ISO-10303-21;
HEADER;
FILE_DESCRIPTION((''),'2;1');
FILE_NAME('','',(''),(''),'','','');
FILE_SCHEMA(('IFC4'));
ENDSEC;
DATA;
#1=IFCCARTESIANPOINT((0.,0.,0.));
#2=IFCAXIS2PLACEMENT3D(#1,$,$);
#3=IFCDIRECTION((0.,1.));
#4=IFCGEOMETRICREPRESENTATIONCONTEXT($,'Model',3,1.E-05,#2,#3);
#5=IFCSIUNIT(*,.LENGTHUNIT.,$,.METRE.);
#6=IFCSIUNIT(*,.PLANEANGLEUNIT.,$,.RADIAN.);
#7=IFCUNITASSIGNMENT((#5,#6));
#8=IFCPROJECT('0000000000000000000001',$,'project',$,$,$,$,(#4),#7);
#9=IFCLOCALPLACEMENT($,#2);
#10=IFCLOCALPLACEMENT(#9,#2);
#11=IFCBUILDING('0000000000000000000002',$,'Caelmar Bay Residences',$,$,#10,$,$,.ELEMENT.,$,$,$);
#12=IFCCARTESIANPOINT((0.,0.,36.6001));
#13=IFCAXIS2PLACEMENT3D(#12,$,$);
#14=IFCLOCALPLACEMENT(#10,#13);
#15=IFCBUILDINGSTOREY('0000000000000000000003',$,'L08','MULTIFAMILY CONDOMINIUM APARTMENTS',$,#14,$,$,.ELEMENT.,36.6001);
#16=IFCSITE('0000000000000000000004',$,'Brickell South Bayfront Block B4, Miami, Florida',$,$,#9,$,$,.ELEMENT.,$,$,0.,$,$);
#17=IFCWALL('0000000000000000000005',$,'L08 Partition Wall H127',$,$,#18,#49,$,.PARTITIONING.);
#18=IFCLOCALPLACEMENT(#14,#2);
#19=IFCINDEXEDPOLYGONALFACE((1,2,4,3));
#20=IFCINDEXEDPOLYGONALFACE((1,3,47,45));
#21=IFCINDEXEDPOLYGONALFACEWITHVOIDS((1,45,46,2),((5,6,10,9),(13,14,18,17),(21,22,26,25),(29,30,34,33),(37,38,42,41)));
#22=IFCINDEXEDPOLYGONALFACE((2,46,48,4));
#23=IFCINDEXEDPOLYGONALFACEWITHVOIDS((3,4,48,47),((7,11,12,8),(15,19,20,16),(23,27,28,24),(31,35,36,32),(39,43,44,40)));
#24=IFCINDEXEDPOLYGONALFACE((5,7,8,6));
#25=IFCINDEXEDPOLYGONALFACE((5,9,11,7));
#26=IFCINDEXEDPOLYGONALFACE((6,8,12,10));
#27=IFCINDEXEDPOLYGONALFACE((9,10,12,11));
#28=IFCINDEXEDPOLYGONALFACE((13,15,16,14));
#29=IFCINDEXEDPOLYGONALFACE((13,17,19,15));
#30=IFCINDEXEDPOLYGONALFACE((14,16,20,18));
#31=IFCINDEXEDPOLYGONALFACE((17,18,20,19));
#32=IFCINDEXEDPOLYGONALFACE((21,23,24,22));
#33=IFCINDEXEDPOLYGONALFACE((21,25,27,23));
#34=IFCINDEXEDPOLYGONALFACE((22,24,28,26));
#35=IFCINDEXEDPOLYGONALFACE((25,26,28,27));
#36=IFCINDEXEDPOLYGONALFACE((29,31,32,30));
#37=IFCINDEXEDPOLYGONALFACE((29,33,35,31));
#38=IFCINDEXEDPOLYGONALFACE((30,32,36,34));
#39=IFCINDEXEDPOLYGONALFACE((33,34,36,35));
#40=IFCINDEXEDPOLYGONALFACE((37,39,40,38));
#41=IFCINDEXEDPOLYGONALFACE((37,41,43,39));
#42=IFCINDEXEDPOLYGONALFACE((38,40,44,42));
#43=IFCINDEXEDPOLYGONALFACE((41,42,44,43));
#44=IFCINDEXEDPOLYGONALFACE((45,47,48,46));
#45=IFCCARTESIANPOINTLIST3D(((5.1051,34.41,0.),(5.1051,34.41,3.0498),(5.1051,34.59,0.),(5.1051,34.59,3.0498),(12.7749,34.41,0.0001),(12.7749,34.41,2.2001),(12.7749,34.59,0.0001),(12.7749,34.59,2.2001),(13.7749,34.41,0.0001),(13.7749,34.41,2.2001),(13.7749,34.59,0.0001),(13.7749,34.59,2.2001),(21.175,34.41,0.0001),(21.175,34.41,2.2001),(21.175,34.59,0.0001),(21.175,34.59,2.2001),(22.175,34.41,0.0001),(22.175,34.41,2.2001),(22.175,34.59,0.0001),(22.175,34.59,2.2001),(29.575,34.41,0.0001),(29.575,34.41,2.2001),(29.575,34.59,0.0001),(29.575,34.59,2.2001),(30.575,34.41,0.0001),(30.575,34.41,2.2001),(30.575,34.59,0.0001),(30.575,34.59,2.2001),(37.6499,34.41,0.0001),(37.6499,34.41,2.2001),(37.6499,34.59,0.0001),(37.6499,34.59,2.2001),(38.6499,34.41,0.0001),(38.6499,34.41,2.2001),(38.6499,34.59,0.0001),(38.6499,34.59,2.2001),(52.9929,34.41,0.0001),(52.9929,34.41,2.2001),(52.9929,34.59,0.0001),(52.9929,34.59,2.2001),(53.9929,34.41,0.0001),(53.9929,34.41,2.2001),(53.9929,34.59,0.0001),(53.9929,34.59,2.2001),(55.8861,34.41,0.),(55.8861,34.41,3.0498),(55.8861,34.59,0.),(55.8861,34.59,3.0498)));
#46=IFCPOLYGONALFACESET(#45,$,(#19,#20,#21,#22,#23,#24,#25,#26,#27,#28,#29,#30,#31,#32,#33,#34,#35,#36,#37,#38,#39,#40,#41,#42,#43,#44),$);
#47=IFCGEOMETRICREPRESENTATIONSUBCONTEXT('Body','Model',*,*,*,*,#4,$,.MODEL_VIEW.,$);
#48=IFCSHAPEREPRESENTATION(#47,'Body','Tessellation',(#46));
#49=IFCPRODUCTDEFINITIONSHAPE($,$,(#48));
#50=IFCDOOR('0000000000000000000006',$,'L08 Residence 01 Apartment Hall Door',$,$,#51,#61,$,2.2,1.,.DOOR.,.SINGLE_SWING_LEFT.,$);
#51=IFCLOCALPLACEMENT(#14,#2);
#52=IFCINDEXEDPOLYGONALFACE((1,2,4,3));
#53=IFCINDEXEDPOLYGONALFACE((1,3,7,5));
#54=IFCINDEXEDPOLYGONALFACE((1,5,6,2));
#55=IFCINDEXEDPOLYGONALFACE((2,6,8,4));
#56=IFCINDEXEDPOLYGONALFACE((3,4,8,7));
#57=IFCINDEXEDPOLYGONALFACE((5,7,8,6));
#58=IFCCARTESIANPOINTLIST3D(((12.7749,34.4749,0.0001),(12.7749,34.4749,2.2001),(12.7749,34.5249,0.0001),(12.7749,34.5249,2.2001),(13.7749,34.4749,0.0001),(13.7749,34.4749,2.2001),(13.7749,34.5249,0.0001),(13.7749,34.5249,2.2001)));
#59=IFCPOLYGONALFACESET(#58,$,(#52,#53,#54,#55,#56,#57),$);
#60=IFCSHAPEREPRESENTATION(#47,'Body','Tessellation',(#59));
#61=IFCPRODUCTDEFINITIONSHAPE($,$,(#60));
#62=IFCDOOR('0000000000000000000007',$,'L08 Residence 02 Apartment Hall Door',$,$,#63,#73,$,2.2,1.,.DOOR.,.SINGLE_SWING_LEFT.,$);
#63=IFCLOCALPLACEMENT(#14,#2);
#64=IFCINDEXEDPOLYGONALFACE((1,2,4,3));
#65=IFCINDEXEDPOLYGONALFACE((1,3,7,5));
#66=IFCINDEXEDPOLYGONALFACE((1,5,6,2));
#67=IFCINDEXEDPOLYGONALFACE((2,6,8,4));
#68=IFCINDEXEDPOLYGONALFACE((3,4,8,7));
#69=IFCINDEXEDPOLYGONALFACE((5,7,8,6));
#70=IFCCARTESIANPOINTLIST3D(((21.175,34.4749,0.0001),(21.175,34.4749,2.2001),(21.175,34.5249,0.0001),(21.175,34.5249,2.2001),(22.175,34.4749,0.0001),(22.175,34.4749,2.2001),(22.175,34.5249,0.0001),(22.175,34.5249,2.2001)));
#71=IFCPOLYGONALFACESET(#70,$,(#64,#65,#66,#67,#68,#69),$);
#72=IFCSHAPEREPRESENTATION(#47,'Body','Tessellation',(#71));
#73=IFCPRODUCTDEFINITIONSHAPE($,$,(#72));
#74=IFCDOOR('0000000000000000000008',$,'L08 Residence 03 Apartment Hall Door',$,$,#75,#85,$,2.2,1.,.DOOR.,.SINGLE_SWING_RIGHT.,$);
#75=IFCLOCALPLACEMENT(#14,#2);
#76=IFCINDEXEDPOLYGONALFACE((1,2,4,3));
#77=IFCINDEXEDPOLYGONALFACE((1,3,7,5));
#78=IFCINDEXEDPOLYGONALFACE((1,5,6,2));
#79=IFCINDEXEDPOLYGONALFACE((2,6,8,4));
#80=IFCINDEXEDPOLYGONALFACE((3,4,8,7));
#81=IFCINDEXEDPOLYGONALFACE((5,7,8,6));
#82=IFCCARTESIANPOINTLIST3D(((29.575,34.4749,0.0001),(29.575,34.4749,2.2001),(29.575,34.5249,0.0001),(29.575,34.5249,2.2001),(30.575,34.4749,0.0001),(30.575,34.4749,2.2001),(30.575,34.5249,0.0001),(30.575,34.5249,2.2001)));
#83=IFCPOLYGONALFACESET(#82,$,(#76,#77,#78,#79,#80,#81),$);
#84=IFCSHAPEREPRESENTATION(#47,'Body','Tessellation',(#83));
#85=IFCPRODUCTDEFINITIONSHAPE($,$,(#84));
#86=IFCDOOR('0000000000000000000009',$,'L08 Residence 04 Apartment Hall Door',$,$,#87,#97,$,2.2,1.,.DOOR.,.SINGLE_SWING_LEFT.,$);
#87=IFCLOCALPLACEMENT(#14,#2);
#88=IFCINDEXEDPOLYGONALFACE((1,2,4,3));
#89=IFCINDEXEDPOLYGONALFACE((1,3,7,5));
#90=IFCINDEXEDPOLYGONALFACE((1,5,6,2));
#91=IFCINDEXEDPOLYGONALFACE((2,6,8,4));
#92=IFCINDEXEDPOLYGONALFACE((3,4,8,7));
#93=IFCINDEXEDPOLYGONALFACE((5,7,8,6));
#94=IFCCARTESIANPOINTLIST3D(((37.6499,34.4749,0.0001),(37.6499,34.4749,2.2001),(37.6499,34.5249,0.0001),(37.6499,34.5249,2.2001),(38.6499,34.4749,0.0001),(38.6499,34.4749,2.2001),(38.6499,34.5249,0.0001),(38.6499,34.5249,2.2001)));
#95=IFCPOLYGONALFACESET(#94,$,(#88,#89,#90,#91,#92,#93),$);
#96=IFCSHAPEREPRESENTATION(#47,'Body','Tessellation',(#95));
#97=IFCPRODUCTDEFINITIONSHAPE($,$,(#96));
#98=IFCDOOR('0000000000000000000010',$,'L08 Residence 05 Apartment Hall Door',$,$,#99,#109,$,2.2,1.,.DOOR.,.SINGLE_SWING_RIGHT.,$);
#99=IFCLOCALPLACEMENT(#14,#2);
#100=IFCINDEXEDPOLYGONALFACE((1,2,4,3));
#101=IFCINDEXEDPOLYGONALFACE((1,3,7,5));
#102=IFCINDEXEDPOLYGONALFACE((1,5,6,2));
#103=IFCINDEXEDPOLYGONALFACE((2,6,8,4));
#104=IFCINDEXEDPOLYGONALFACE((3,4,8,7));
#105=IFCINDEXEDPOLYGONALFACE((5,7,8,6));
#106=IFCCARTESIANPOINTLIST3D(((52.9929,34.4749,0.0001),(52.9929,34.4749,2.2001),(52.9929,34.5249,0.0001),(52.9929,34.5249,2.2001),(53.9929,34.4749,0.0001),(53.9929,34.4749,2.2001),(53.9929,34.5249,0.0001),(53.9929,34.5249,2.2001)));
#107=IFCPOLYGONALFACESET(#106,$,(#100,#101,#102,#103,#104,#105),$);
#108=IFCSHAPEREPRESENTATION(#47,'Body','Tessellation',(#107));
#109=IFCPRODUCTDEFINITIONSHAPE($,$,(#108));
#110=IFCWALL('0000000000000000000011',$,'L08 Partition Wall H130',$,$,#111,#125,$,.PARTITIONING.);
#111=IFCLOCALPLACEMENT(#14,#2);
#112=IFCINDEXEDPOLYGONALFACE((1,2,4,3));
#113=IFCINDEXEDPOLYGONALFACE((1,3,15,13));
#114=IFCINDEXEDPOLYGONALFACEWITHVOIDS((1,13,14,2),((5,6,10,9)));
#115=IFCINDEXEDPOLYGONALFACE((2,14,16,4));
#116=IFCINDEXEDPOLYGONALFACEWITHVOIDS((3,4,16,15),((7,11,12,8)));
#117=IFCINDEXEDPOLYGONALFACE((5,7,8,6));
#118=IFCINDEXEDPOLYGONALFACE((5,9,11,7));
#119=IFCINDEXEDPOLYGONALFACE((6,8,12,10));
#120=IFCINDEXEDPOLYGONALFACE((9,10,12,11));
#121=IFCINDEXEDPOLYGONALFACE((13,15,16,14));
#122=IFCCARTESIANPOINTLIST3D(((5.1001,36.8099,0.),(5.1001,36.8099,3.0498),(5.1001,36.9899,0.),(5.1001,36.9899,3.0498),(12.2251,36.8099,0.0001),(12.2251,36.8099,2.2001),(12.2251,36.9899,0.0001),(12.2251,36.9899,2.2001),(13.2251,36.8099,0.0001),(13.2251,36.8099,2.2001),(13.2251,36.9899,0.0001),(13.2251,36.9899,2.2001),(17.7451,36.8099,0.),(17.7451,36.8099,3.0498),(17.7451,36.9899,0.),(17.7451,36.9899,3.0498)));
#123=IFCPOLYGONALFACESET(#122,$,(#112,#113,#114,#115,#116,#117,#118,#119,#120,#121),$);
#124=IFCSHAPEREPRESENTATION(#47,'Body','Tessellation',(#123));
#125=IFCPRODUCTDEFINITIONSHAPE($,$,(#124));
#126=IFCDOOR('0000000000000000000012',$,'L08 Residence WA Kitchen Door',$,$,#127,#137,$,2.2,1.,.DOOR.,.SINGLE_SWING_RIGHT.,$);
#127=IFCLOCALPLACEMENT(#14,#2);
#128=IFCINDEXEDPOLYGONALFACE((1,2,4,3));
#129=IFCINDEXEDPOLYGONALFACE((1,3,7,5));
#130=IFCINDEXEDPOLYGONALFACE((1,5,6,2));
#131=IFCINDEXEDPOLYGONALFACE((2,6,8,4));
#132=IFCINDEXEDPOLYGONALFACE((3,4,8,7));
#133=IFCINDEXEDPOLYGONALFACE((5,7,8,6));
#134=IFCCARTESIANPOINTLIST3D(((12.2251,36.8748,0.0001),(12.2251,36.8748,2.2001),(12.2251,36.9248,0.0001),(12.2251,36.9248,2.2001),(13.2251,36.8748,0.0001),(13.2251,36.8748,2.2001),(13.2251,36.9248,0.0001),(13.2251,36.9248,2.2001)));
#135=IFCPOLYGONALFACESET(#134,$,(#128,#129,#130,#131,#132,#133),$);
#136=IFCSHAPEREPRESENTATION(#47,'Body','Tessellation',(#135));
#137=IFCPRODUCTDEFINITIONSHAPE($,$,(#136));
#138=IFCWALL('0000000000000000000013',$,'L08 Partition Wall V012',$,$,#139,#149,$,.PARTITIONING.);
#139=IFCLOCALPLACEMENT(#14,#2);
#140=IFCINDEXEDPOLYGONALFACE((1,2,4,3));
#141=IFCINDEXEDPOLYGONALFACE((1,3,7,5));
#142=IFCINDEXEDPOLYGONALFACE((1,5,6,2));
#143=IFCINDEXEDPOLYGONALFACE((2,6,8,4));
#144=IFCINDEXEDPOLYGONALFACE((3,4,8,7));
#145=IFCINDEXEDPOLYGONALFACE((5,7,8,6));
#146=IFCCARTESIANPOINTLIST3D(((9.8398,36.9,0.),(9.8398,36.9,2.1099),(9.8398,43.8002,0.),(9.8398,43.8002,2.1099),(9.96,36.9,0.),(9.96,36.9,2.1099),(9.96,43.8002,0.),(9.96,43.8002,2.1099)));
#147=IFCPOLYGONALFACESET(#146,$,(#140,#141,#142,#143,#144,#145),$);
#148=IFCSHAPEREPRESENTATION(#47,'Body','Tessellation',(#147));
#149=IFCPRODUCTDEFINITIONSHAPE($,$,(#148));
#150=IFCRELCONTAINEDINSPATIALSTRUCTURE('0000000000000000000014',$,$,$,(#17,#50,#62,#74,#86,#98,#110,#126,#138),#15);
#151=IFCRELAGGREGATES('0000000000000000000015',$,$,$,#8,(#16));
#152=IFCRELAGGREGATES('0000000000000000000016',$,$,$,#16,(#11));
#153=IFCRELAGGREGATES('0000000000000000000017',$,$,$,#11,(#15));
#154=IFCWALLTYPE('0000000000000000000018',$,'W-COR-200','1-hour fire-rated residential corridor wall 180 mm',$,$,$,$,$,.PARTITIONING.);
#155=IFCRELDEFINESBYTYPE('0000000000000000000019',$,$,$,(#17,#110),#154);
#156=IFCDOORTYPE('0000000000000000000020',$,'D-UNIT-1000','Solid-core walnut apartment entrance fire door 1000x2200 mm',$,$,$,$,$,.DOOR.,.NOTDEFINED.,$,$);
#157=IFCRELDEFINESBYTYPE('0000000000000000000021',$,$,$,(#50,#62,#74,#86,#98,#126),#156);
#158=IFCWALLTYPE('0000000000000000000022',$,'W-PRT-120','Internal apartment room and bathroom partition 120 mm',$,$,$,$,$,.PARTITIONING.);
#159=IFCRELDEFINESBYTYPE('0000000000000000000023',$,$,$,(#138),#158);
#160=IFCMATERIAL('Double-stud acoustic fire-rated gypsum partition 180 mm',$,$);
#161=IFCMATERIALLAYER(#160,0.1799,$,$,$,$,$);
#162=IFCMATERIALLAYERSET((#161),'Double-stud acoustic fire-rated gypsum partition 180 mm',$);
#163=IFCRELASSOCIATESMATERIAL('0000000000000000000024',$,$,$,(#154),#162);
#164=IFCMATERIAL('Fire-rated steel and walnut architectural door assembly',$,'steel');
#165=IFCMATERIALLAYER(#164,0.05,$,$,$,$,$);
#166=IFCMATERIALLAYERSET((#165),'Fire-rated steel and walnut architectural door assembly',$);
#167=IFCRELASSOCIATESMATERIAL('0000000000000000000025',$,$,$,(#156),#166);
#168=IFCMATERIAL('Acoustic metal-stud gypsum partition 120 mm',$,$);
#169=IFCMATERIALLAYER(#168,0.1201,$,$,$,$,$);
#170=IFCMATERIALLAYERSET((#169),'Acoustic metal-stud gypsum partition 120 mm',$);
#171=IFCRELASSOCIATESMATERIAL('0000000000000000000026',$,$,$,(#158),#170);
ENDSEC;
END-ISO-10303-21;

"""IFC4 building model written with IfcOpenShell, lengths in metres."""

from ifc_helpers import new_model, si_unit, direction, frame, frame_2d, origin, place, context, subcontext, project, spatial, rectangle, extrude, material, layer, layer_set, type_object, element, fill, save


model = new_model("IFC4")

# Units and contexts
model_context = context("Model", 3, precision=1e-05, world=origin(), true_north=direction((0.0, 1.0)))
body_context = subcontext(model_context, "Body", "Model", "MODEL_VIEW")
ifc_project = project(units=[si_unit("LENGTHUNIT", "METRE"), si_unit("PLANEANGLEUNIT", "RADIAN")], contexts=[model_context])

# Site, building, storey
site_placement = place(None, origin())
site = spatial("IfcSite", under=ifc_project, at=site_placement, Name="Brickell South Bayfront Block B4, Miami, Florida", CompositionType="ELEMENT", RefElevation=0.0)
building_placement = place(site_placement, origin())
building = spatial("IfcBuilding", under=site, at=building_placement, Name="Caelmar Bay Residences", CompositionType="ELEMENT")
storey_placement = place(building_placement, frame((0.0, 0.0, 36.6001)))
storey = spatial("IfcBuildingStorey", under=building, at=storey_placement, Name="L08", Description="MULTIFAMILY CONDOMINIUM APARTMENTS", CompositionType="ELEMENT", Elevation=36.6001)

# Shared definitions
ifc_material_1 = material(Name="Fire-rated steel and walnut architectural door assembly", Category="steel")

# Shared definitions
ifc_material_2 = material(Name="Double-stud acoustic fire-rated gypsum partition 180 mm")
ifc_layer_1 = layer(ifc_material_2, 0.1799)
ifc_layer_set_1 = layer_set([ifc_layer_1], Name="Double-stud acoustic fire-rated gypsum partition 180 mm")
wall_type_1 = type_object("IfcWallType", Name="W-COR-200", Description="1-hour fire-rated residential corridor wall 180 mm", PredefinedType="PARTITIONING", material=ifc_layer_set_1)

# Wall, openings, doors
wall_1_placement = place(storey_placement, frame((5.105, 34.5, 0.0), z_axis=(0.0, 0.0, 1.0), x_axis=(1.0, 0.0, 0.0)))
wall_1 = element("IfcWall", 1, at=wall_1_placement, inside=storey, type_object=wall_type_1, Name="L08 Partition Wall H127", PredefinedType="PARTITIONING", context=body_context, shape_type="SweptSolid", body=[
    extrude(rectangle(XDim=50.781, YDim=0.1799, at=frame_2d((25.3906, 0.0))), origin(), (0.0, 0.0, 1.0), 3.0498),
])
opening_1_placement = place(wall_1_placement, frame((7.6699, 0.0, 0.0)))
opening_1 = element("IfcOpeningElement", 2, at=opening_1_placement, cuts=wall_1, PredefinedType="OPENING", context=body_context, shape_type="SweptSolid", body=[
    extrude(rectangle(XDim=1.0, YDim=2.2, at=frame_2d((0.5, 1.1001))), frame((0.0, 0.0999, 0.0), z_axis=(0.0, -1.0, 0.0), x_axis=(1.0, 0.0, 0.0)), (0.0, 0.0, 1.0), 0.2),
])
opening_2_placement = place(wall_1_placement, frame((16.0701, 0.0, 0.0)))
opening_2 = element("IfcOpeningElement", 3, at=opening_2_placement, cuts=wall_1, PredefinedType="OPENING", context=body_context, shape_type="SweptSolid", body=[
    extrude(rectangle(XDim=1.0, YDim=2.2, at=frame_2d((0.5, 1.1001))), frame((0.0, 0.0999, 0.0), z_axis=(0.0, -1.0, 0.0), x_axis=(1.0, 0.0, 0.0)), (0.0, 0.0, 1.0), 0.2),
])
opening_3_placement = place(wall_1_placement, frame((24.47, 0.0, 0.0)))
opening_3 = element("IfcOpeningElement", 4, at=opening_3_placement, cuts=wall_1, PredefinedType="OPENING", context=body_context, shape_type="SweptSolid", body=[
    extrude(rectangle(XDim=1.0, YDim=2.2, at=frame_2d((0.5, 1.1001))), frame((0.0, 0.0999, 0.0), z_axis=(0.0, -1.0, 0.0), x_axis=(1.0, 0.0, 0.0)), (0.0, 0.0, 1.0), 0.2),
])
opening_4_placement = place(wall_1_placement, frame((32.5449, 0.0, 0.0)))
opening_4 = element("IfcOpeningElement", 5, at=opening_4_placement, cuts=wall_1, PredefinedType="OPENING", context=body_context, shape_type="SweptSolid", body=[
    extrude(rectangle(XDim=1.0, YDim=2.2, at=frame_2d((0.5, 1.1001))), frame((0.0, 0.0999, 0.0), z_axis=(0.0, -1.0, 0.0), x_axis=(1.0, 0.0, 0.0)), (0.0, 0.0, 1.0), 0.2),
])
opening_5_placement = place(wall_1_placement, frame((47.8879, 0.0, 0.0)))
opening_5 = element("IfcOpeningElement", 6, at=opening_5_placement, cuts=wall_1, PredefinedType="OPENING", context=body_context, shape_type="SweptSolid", body=[
    extrude(rectangle(XDim=1.0, YDim=2.2, at=frame_2d((0.5, 1.1001))), frame((0.0, 0.0999, 0.0), z_axis=(0.0, -1.0, 0.0), x_axis=(1.0, 0.0, 0.0)), (0.0, 0.0, 1.0), 0.2),
])
ifc_layer_2 = layer(ifc_material_1, 0.05)
ifc_layer_set_2 = layer_set([ifc_layer_2], Name="Fire-rated steel and walnut architectural door assembly")
door_type_1 = type_object("IfcDoorType", Name="D-UNIT-1000", Description="Solid-core walnut apartment entrance fire door 1000x2200 mm", OperationType="NOTDEFINED", PredefinedType="DOOR", material=ifc_layer_set_2)
door_1_placement = place(opening_1_placement, origin())
door_1 = element("IfcDoor", 7, at=door_1_placement, inside=storey, type_object=door_type_1, Name="L08 Residence 01 Apartment Hall Door", OperationType="SINGLE_SWING_LEFT", OverallHeight=2.2, OverallWidth=1.0, PredefinedType="DOOR", context=body_context, shape_type="SweptSolid", body=[
    extrude(rectangle(XDim=1.0, YDim=2.2, at=frame_2d((0.5, 1.1001))), frame((0.0, 0.0249, 0.0), z_axis=(0.0, -1.0, 0.0), x_axis=(1.0, 0.0, 0.0)), (0.0, 0.0, 1.0), 0.05),
])
fill(opening_1, door_1)
door_2_placement = place(opening_2_placement, origin())
door_2 = element("IfcDoor", 8, at=door_2_placement, inside=storey, type_object=door_type_1, Name="L08 Residence 02 Apartment Hall Door", OperationType="SINGLE_SWING_LEFT", OverallHeight=2.2, OverallWidth=1.0, PredefinedType="DOOR", context=body_context, shape_type="SweptSolid", body=[
    extrude(rectangle(XDim=1.0, YDim=2.2, at=frame_2d((0.5, 1.1001))), frame((0.0, 0.0249, 0.0), z_axis=(0.0, -1.0, 0.0), x_axis=(1.0, 0.0, 0.0)), (0.0, 0.0, 1.0), 0.05),
])
fill(opening_2, door_2)
door_3_placement = place(opening_3_placement, origin())
door_3 = element("IfcDoor", 9, at=door_3_placement, inside=storey, type_object=door_type_1, Name="L08 Residence 03 Apartment Hall Door", OperationType="SINGLE_SWING_RIGHT", OverallHeight=2.2, OverallWidth=1.0, PredefinedType="DOOR", context=body_context, shape_type="SweptSolid", body=[
    extrude(rectangle(XDim=1.0, YDim=2.2, at=frame_2d((0.5, 1.1001))), frame((0.0, 0.0249, 0.0), z_axis=(0.0, -1.0, 0.0), x_axis=(1.0, 0.0, 0.0)), (0.0, 0.0, 1.0), 0.05),
])
fill(opening_3, door_3)
door_4_placement = place(opening_4_placement, origin())
door_4 = element("IfcDoor", 10, at=door_4_placement, inside=storey, type_object=door_type_1, Name="L08 Residence 04 Apartment Hall Door", OperationType="SINGLE_SWING_LEFT", OverallHeight=2.2, OverallWidth=1.0, PredefinedType="DOOR", context=body_context, shape_type="SweptSolid", body=[
    extrude(rectangle(XDim=1.0, YDim=2.2, at=frame_2d((0.5, 1.1001))), frame((0.0, 0.0249, 0.0), z_axis=(0.0, -1.0, 0.0), x_axis=(1.0, 0.0, 0.0)), (0.0, 0.0, 1.0), 0.05),
])
fill(opening_4, door_4)
door_5_placement = place(opening_5_placement, origin())
door_5 = element("IfcDoor", 11, at=door_5_placement, inside=storey, type_object=door_type_1, Name="L08 Residence 05 Apartment Hall Door", OperationType="SINGLE_SWING_RIGHT", OverallHeight=2.2, OverallWidth=1.0, PredefinedType="DOOR", context=body_context, shape_type="SweptSolid", body=[
    extrude(rectangle(XDim=1.0, YDim=2.2, at=frame_2d((0.5, 1.1001))), frame((0.0, 0.0249, 0.0), z_axis=(0.0, -1.0, 0.0), x_axis=(1.0, 0.0, 0.0)), (0.0, 0.0, 1.0), 0.05),
])
fill(opening_5, door_5)

# Wall, opening, door
wall_2_placement = place(storey_placement, frame((5.1001, 36.8999, 0.0), z_axis=(0.0, 0.0, 1.0), x_axis=(1.0, 0.0, 0.0)))
wall_2 = element("IfcWall", 12, at=wall_2_placement, inside=storey, type_object=wall_type_1, Name="L08 Partition Wall H130", PredefinedType="PARTITIONING", context=body_context, shape_type="SweptSolid", body=[
    extrude(rectangle(XDim=12.645, YDim=0.1799, at=frame_2d((6.3225, 0.0))), origin(), (0.0, 0.0, 1.0), 3.0498),
])
opening_6_placement = place(wall_2_placement, frame((7.125, 0.0, 0.0)))
opening_6 = element("IfcOpeningElement", 13, at=opening_6_placement, cuts=wall_2, PredefinedType="OPENING", context=body_context, shape_type="SweptSolid", body=[
    extrude(rectangle(XDim=1.0, YDim=2.2, at=frame_2d((0.5, 1.1001))), frame((0.0, 0.0999, 0.0), z_axis=(0.0, -1.0, 0.0), x_axis=(1.0, 0.0, 0.0)), (0.0, 0.0, 1.0), 0.2),
])
door_6_placement = place(opening_6_placement, origin())
door_6 = element("IfcDoor", 14, at=door_6_placement, inside=storey, type_object=door_type_1, Name="L08 Residence WA Kitchen Door", OperationType="SINGLE_SWING_RIGHT", OverallHeight=2.2, OverallWidth=1.0, PredefinedType="DOOR", context=body_context, shape_type="SweptSolid", body=[
    extrude(rectangle(XDim=1.0, YDim=2.2, at=frame_2d((0.5, 1.1001))), frame((0.0, 0.0249, 0.0), z_axis=(0.0, -1.0, 0.0), x_axis=(1.0, 0.0, 0.0)), (0.0, 0.0, 1.0), 0.05),
])
fill(opening_6, door_6)

# Wall
ifc_material_3 = material(Name="Acoustic metal-stud gypsum partition 120 mm")
ifc_layer_3 = layer(ifc_material_3, 0.1201)
ifc_layer_set_3 = layer_set([ifc_layer_3], Name="Acoustic metal-stud gypsum partition 120 mm")
wall_type_2 = type_object("IfcWallType", Name="W-PRT-120", Description="Internal apartment room and bathroom partition 120 mm", PredefinedType="PARTITIONING", material=ifc_layer_set_3)
wall_3_placement = place(storey_placement, frame((9.8999, 36.8999, 0.0), z_axis=(0.0, 0.0, 1.0), x_axis=(0.0, 1.0, 0.0)))
element("IfcWall", 15, at=wall_3_placement, inside=storey, type_object=wall_type_2, Name="L08 Partition Wall V012", PredefinedType="PARTITIONING", context=body_context, shape_type="SweptSolid", body=[
    extrude(rectangle(XDim=6.9001, YDim=0.1201, at=frame_2d((3.4502, 0.0))), origin(), (0.0, 0.0, 1.0), 2.1099),
])

save(model, "model.ifc")
